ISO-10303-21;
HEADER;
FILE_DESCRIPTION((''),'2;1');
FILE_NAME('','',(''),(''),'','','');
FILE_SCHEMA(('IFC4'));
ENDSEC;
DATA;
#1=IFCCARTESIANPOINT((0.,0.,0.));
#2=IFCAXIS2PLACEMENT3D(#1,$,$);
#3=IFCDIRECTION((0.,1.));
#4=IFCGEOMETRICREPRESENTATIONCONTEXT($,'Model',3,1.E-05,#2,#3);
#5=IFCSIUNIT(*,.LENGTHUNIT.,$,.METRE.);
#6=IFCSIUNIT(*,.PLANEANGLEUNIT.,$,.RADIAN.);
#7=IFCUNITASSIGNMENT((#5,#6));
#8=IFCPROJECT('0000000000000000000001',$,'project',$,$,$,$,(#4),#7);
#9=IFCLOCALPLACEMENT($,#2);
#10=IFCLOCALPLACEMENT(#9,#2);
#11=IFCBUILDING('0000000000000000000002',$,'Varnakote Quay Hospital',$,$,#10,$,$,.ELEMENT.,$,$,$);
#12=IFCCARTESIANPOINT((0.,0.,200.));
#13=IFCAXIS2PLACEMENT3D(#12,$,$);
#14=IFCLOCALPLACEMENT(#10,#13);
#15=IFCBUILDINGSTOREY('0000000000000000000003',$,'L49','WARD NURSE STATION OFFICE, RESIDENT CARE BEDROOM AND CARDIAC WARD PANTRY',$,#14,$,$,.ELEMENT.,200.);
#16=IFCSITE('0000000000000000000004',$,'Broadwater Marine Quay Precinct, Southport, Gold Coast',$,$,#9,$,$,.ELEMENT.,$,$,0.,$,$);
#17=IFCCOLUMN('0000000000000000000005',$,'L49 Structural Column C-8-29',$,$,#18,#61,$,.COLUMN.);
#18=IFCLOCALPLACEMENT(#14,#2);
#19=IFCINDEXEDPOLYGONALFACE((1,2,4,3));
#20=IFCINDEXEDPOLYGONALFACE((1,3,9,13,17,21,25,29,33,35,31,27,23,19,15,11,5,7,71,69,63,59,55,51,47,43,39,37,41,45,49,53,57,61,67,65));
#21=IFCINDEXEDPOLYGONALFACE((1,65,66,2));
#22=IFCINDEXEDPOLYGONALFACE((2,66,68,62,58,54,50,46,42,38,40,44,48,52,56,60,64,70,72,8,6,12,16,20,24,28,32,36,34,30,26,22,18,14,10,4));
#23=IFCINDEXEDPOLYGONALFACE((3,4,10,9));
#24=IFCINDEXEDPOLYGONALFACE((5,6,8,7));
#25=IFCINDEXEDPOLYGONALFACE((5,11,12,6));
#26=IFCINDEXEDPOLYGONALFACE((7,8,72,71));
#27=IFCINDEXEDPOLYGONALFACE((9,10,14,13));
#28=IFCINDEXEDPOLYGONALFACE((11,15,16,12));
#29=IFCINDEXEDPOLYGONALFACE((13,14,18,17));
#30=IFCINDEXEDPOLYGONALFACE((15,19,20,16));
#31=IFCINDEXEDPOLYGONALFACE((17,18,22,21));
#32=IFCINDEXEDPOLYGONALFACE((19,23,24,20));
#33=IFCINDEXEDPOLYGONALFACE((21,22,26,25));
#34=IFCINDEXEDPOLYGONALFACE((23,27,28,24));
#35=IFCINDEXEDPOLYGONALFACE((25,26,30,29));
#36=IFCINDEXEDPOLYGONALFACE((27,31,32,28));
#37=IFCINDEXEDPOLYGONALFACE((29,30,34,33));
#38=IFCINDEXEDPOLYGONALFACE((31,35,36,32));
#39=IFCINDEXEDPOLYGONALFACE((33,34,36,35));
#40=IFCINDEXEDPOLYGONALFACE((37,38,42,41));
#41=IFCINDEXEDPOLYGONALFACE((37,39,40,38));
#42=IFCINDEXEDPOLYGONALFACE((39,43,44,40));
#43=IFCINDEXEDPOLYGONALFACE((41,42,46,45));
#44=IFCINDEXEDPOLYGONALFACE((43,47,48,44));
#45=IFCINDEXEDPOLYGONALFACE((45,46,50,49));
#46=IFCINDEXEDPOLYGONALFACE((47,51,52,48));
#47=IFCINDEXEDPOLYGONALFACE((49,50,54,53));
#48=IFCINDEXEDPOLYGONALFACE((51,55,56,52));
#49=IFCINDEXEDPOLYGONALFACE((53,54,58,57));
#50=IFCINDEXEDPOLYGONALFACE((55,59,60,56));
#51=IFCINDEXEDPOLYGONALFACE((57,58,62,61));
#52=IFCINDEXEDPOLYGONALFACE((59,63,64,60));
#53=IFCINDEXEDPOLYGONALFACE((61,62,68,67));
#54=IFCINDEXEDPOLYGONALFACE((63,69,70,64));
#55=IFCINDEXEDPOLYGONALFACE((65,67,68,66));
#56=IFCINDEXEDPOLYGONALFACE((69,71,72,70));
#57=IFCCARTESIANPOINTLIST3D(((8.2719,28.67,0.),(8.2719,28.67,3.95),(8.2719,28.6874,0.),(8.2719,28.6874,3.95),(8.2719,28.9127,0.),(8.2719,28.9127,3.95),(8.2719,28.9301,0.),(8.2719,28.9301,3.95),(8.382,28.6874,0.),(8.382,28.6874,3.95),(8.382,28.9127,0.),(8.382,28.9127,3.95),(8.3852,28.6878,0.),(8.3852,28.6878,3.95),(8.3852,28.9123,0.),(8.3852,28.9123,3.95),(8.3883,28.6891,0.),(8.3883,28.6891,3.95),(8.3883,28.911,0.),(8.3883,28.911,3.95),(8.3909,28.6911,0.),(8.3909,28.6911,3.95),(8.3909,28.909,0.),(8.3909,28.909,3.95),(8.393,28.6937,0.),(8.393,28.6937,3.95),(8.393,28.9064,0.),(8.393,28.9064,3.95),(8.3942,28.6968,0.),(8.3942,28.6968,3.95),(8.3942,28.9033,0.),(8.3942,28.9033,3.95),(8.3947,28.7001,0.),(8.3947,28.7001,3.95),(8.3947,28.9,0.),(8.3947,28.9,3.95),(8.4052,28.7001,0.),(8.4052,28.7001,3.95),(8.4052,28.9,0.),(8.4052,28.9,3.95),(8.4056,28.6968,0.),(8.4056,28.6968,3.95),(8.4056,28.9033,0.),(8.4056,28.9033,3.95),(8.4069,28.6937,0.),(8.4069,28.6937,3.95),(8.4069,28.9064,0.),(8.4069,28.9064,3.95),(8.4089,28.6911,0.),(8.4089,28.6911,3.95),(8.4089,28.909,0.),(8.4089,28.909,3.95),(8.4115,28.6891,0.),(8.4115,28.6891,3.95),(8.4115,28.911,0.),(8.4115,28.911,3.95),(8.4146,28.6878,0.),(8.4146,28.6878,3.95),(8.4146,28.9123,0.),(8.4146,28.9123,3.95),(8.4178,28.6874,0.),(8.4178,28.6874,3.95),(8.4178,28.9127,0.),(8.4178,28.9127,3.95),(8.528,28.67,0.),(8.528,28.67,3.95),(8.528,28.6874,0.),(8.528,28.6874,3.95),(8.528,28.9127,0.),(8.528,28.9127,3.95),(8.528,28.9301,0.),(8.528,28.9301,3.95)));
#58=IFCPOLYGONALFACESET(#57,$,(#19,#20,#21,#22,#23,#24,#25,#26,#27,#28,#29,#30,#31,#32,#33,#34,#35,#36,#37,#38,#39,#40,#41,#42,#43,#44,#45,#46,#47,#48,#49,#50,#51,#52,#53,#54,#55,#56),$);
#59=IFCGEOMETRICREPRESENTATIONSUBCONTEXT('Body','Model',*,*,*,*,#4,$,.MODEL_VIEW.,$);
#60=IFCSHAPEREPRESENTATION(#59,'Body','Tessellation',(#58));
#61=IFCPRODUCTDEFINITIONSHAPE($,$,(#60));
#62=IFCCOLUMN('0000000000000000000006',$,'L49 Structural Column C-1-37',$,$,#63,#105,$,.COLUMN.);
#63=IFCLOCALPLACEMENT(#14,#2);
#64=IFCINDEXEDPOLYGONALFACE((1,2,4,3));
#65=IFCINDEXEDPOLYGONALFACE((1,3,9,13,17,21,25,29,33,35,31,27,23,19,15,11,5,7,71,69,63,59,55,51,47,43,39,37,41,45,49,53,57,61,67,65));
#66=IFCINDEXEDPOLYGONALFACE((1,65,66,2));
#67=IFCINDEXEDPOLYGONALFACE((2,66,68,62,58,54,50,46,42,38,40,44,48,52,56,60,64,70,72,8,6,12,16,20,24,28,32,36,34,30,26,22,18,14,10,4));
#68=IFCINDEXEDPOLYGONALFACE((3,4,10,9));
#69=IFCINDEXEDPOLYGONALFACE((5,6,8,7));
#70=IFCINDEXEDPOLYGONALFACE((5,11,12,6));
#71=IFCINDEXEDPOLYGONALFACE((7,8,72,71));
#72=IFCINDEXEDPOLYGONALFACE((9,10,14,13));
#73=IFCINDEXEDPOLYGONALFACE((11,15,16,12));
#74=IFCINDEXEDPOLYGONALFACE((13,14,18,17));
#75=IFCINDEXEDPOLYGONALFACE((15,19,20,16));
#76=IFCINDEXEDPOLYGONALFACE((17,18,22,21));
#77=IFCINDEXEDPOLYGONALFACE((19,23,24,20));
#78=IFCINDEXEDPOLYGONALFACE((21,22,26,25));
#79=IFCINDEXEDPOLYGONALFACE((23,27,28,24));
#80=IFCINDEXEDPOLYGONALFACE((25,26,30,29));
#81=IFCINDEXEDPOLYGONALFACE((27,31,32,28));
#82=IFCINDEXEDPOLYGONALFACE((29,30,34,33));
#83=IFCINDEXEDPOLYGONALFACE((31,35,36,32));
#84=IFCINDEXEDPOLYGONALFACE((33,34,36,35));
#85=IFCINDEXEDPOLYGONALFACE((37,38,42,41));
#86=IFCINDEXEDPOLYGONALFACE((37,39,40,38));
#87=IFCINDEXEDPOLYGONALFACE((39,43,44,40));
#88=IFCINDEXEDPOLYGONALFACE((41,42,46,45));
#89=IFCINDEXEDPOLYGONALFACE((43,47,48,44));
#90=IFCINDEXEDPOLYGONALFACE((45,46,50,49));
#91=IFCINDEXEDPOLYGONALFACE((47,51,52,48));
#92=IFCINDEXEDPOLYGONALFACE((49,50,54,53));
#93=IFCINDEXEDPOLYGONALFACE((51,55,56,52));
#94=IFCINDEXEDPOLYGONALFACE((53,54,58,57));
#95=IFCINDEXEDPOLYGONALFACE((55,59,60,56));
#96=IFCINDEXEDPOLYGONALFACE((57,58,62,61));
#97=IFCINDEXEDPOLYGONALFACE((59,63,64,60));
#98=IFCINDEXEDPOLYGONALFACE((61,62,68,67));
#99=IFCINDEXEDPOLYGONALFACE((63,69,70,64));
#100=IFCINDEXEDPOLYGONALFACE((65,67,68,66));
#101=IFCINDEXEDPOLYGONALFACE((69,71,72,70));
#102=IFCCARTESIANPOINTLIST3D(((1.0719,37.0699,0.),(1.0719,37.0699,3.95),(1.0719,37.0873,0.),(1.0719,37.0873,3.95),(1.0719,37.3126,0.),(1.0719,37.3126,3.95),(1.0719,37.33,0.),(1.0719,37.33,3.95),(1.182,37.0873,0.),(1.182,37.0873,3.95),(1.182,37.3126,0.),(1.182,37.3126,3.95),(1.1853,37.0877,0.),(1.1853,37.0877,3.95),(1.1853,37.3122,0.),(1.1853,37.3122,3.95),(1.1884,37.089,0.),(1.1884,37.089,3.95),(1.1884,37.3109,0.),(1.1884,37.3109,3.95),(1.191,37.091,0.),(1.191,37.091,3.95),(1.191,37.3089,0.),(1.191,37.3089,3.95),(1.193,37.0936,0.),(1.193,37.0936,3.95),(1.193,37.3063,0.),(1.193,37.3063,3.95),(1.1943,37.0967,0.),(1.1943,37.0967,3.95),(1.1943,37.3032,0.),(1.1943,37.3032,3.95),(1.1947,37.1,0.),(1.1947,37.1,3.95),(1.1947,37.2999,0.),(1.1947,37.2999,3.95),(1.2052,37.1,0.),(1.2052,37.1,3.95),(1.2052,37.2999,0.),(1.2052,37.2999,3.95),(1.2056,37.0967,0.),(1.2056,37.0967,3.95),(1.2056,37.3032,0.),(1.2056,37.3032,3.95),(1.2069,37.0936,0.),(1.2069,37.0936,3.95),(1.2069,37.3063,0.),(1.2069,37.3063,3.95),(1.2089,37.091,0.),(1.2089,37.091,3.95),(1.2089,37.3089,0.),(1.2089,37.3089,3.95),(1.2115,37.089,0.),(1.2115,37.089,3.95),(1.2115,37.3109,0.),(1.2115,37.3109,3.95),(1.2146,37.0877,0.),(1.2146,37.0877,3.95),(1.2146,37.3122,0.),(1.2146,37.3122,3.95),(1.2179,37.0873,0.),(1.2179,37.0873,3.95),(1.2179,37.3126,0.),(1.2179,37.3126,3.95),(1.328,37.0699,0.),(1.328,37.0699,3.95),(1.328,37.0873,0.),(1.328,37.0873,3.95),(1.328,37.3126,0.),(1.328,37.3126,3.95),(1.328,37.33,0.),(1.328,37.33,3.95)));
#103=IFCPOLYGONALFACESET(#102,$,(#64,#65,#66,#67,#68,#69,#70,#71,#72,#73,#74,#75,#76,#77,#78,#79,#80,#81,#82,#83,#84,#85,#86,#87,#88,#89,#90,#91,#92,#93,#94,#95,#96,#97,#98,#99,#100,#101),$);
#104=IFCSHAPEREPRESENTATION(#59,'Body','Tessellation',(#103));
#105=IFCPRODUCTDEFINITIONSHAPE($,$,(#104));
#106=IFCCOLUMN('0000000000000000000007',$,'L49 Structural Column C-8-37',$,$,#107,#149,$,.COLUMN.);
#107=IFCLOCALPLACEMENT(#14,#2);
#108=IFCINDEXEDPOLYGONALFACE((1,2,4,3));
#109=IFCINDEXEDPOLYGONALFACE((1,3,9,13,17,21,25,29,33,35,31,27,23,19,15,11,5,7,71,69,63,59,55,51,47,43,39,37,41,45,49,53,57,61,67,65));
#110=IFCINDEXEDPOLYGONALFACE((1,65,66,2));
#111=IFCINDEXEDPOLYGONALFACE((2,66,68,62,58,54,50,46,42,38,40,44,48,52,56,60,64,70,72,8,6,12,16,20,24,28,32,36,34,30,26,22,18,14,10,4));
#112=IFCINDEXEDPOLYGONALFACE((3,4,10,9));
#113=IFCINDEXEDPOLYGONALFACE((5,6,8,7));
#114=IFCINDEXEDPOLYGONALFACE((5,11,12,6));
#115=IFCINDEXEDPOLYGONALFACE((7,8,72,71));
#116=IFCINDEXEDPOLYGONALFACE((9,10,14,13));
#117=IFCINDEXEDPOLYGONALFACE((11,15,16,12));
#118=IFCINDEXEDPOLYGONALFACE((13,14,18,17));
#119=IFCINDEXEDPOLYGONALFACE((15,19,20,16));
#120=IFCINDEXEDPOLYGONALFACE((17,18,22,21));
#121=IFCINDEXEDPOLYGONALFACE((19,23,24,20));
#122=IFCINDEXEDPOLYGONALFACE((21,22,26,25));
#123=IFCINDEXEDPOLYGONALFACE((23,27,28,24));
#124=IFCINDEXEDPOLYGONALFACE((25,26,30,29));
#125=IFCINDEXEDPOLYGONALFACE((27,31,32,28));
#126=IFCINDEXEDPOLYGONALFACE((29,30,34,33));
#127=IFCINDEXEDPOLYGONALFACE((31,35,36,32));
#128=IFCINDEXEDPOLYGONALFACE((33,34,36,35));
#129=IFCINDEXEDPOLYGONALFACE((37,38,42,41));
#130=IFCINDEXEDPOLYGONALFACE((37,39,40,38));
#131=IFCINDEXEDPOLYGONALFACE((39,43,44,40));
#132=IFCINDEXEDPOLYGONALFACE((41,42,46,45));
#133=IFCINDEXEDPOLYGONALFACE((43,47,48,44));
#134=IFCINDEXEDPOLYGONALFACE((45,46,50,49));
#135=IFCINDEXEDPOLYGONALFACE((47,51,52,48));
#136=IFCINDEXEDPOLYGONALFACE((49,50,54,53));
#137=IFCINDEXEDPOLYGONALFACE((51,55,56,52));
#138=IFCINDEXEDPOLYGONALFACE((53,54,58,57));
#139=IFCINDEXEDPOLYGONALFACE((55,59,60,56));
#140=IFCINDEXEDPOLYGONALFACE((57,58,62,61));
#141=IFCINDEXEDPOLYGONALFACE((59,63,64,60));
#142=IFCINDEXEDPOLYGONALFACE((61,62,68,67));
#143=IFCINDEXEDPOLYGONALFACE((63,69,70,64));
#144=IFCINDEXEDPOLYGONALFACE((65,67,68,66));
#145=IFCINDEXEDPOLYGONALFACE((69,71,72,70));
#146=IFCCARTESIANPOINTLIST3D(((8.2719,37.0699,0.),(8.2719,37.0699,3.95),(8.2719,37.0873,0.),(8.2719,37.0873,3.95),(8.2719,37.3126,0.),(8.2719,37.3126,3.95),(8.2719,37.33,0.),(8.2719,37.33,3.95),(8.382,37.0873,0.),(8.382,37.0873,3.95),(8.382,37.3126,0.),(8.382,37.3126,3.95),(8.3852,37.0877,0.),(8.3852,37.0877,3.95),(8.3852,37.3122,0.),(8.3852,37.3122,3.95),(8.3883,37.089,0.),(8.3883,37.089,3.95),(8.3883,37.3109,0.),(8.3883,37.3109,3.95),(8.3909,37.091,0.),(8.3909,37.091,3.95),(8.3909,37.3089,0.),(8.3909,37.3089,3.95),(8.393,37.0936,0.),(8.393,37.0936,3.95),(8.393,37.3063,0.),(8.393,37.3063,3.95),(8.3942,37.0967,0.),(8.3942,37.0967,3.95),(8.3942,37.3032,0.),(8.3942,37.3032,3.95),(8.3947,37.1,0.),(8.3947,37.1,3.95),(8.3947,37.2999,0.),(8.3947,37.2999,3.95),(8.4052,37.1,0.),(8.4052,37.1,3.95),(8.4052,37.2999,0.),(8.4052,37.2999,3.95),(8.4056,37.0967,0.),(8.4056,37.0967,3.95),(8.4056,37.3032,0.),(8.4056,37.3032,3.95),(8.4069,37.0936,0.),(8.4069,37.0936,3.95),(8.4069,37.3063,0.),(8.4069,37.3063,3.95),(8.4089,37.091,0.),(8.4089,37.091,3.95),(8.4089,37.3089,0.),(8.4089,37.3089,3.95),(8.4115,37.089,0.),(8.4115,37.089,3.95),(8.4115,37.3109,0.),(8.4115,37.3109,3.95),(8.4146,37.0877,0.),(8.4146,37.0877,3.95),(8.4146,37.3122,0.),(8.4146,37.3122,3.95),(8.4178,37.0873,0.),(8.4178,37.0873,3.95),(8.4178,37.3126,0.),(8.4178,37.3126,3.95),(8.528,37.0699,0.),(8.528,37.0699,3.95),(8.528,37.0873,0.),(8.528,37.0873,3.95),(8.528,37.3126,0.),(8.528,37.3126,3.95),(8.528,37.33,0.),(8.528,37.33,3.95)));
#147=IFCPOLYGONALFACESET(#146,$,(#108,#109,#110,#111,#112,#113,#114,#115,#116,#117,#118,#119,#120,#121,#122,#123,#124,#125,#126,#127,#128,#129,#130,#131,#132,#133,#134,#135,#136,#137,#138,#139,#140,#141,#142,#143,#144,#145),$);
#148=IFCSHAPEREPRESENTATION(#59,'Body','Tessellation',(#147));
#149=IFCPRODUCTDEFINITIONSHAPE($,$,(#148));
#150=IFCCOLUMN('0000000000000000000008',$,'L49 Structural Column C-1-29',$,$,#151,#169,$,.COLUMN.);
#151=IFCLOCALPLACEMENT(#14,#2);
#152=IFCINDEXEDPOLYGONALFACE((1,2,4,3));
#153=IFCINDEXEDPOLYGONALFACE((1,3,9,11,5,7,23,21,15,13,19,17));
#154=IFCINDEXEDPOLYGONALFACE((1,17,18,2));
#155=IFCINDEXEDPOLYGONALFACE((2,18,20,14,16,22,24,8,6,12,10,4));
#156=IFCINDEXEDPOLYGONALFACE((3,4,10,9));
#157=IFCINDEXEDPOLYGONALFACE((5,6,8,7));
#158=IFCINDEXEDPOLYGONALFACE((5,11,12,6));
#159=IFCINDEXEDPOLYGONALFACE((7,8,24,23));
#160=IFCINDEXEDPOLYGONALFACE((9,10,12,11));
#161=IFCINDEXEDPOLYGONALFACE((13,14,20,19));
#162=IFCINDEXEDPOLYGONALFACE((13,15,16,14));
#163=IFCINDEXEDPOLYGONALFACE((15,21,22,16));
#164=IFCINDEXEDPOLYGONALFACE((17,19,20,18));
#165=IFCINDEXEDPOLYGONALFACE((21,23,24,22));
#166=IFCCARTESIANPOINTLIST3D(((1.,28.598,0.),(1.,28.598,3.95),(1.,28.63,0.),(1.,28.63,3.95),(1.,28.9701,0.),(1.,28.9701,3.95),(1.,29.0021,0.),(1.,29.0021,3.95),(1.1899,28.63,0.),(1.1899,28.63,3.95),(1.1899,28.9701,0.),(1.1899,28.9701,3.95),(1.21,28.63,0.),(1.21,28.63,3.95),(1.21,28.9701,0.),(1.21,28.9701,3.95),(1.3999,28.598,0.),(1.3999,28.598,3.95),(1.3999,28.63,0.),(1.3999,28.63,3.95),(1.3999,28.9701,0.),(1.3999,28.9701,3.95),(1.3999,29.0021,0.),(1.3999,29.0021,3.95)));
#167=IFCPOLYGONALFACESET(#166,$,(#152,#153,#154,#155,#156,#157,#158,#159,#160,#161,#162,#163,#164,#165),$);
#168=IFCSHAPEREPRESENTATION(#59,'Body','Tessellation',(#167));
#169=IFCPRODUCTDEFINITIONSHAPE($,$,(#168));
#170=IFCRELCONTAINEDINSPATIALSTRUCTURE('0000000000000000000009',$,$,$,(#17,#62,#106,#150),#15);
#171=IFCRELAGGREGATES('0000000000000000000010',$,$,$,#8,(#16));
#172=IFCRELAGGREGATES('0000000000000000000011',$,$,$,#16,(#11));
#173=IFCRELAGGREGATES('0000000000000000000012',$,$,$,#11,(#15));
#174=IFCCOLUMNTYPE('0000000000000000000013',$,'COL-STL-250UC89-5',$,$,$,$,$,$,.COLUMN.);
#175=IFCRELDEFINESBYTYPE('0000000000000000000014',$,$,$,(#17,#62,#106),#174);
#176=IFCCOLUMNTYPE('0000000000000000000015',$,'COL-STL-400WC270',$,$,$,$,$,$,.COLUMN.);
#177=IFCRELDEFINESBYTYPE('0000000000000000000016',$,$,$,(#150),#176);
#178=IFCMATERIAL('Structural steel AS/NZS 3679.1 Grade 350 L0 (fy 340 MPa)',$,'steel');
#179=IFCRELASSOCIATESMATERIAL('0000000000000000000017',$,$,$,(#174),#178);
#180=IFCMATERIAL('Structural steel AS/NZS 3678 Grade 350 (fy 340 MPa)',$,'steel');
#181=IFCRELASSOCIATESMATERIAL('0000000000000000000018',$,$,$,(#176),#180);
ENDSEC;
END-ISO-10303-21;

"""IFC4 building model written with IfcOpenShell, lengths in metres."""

from ifc_helpers import new_model, si_unit, direction, frame, origin, origin_2d, place, context, subcontext, project, spatial, i_section, extrude, material, material_profile, profile_set, type_object, element, save


model = new_model("IFC4")

# Units and contexts
model_context = context("Model", 3, precision=1e-05, world=origin(), true_north=direction((0.0, 1.0)))
body_context = subcontext(model_context, "Body", "Model", "MODEL_VIEW")
ifc_project = project(units=[si_unit("LENGTHUNIT", "METRE"), si_unit("PLANEANGLEUNIT", "RADIAN")], contexts=[model_context])

# Site, building, storey
site_placement = place(None, origin())
site = spatial("IfcSite", under=ifc_project, at=site_placement, Name="Broadwater Marine Quay Precinct, Southport, Gold Coast", CompositionType="ELEMENT", RefElevation=0.0)
building_placement = place(site_placement, origin())
building = spatial("IfcBuilding", under=site, at=building_placement, Name="Varnakote Quay Hospital", CompositionType="ELEMENT")
storey_placement = place(building_placement, frame((0.0, 0.0, 200.0)))
storey = spatial("IfcBuildingStorey", under=building, at=storey_placement, Name="L49", Description="WARD NURSE STATION OFFICE, RESIDENT CARE BEDROOM AND CARDIAC WARD PANTRY", CompositionType="ELEMENT", Elevation=200.0)

# Columns
ifc_material_1 = material(Name="Structural steel AS/NZS 3679.1 Grade 350 L0 (fy 340 MPa)", Category="steel")
ifc_material_profile_1 = material_profile(ifc_material_1, i_section(OverallWidth=0.2561, OverallDepth=0.26, WebThickness=0.0105, FlangeThickness=0.0173, FilletRadius=0.0127, at=origin_2d()), Name="250UC89.5")
ifc_profile_set_1 = profile_set([ifc_material_profile_1], Name="Structural steel AS/NZS 3679.1 Grade 350 L0 (fy 340 MPa)")
column_type_1 = type_object("IfcColumnType", Name="COL-STL-250UC89-5", PredefinedType="COLUMN", material=ifc_profile_set_1)
for number, where, z_axis, x_axis, name in (
    (1, (8.3999, 28.8, 0.0), (0.0, 0.0, 1.0), (1.0, 0.0, 0.0), "L49 Structural Column C-8-29"),
    (2, (1.2, 37.2, 0.0), (0.0, 0.0, 1.0), (1.0, 0.0, 0.0), "L49 Structural Column C-1-37"),
    (3, (8.3999, 37.2, 0.0), (0.0, 0.0, 1.0), (1.0, 0.0, 0.0), "L49 Structural Column C-8-37"),
):
    element("IfcColumn", number, at=place(storey_placement, frame(where, z_axis=z_axis, x_axis=x_axis)), inside=storey, type_object=column_type_1, Name=name, PredefinedType="COLUMN", context=body_context, shape_type="SweptSolid", body=[
        extrude(i_section(OverallWidth=0.2561, OverallDepth=0.26, WebThickness=0.0105, FlangeThickness=0.0173, FilletRadius=0.0127, at=origin_2d()), origin(), (0.0, 0.0, 1.0), 3.95),
    ])
ifc_material_2 = material(Name="Structural steel AS/NZS 3678 Grade 350 (fy 340 MPa)", Category="steel")
ifc_material_profile_2 = material_profile(ifc_material_2, i_section(OverallWidth=0.3999, OverallDepth=0.4041, WebThickness=0.02, FlangeThickness=0.032, at=origin_2d()), Name="400WC270")
ifc_profile_set_2 = profile_set([ifc_material_profile_2], Name="Structural steel AS/NZS 3678 Grade 350 (fy 340 MPa)")
column_type_2 = type_object("IfcColumnType", Name="COL-STL-400WC270", PredefinedType="COLUMN", material=ifc_profile_set_2)
column_placement = place(storey_placement, frame((1.2, 28.8, 0.0), z_axis=(0.0, 0.0, 1.0), x_axis=(1.0, 0.0, 0.0)))
element("IfcColumn", 4, at=column_placement, inside=storey, type_object=column_type_2, Name="L49 Structural Column C-1-29", PredefinedType="COLUMN", context=body_context, shape_type="SweptSolid", body=[
    extrude(i_section(OverallWidth=0.3999, OverallDepth=0.4041, WebThickness=0.02, FlangeThickness=0.032, at=origin_2d()), origin(), (0.0, 0.0, 1.0), 3.95),
])

save(model, "model.ifc")
